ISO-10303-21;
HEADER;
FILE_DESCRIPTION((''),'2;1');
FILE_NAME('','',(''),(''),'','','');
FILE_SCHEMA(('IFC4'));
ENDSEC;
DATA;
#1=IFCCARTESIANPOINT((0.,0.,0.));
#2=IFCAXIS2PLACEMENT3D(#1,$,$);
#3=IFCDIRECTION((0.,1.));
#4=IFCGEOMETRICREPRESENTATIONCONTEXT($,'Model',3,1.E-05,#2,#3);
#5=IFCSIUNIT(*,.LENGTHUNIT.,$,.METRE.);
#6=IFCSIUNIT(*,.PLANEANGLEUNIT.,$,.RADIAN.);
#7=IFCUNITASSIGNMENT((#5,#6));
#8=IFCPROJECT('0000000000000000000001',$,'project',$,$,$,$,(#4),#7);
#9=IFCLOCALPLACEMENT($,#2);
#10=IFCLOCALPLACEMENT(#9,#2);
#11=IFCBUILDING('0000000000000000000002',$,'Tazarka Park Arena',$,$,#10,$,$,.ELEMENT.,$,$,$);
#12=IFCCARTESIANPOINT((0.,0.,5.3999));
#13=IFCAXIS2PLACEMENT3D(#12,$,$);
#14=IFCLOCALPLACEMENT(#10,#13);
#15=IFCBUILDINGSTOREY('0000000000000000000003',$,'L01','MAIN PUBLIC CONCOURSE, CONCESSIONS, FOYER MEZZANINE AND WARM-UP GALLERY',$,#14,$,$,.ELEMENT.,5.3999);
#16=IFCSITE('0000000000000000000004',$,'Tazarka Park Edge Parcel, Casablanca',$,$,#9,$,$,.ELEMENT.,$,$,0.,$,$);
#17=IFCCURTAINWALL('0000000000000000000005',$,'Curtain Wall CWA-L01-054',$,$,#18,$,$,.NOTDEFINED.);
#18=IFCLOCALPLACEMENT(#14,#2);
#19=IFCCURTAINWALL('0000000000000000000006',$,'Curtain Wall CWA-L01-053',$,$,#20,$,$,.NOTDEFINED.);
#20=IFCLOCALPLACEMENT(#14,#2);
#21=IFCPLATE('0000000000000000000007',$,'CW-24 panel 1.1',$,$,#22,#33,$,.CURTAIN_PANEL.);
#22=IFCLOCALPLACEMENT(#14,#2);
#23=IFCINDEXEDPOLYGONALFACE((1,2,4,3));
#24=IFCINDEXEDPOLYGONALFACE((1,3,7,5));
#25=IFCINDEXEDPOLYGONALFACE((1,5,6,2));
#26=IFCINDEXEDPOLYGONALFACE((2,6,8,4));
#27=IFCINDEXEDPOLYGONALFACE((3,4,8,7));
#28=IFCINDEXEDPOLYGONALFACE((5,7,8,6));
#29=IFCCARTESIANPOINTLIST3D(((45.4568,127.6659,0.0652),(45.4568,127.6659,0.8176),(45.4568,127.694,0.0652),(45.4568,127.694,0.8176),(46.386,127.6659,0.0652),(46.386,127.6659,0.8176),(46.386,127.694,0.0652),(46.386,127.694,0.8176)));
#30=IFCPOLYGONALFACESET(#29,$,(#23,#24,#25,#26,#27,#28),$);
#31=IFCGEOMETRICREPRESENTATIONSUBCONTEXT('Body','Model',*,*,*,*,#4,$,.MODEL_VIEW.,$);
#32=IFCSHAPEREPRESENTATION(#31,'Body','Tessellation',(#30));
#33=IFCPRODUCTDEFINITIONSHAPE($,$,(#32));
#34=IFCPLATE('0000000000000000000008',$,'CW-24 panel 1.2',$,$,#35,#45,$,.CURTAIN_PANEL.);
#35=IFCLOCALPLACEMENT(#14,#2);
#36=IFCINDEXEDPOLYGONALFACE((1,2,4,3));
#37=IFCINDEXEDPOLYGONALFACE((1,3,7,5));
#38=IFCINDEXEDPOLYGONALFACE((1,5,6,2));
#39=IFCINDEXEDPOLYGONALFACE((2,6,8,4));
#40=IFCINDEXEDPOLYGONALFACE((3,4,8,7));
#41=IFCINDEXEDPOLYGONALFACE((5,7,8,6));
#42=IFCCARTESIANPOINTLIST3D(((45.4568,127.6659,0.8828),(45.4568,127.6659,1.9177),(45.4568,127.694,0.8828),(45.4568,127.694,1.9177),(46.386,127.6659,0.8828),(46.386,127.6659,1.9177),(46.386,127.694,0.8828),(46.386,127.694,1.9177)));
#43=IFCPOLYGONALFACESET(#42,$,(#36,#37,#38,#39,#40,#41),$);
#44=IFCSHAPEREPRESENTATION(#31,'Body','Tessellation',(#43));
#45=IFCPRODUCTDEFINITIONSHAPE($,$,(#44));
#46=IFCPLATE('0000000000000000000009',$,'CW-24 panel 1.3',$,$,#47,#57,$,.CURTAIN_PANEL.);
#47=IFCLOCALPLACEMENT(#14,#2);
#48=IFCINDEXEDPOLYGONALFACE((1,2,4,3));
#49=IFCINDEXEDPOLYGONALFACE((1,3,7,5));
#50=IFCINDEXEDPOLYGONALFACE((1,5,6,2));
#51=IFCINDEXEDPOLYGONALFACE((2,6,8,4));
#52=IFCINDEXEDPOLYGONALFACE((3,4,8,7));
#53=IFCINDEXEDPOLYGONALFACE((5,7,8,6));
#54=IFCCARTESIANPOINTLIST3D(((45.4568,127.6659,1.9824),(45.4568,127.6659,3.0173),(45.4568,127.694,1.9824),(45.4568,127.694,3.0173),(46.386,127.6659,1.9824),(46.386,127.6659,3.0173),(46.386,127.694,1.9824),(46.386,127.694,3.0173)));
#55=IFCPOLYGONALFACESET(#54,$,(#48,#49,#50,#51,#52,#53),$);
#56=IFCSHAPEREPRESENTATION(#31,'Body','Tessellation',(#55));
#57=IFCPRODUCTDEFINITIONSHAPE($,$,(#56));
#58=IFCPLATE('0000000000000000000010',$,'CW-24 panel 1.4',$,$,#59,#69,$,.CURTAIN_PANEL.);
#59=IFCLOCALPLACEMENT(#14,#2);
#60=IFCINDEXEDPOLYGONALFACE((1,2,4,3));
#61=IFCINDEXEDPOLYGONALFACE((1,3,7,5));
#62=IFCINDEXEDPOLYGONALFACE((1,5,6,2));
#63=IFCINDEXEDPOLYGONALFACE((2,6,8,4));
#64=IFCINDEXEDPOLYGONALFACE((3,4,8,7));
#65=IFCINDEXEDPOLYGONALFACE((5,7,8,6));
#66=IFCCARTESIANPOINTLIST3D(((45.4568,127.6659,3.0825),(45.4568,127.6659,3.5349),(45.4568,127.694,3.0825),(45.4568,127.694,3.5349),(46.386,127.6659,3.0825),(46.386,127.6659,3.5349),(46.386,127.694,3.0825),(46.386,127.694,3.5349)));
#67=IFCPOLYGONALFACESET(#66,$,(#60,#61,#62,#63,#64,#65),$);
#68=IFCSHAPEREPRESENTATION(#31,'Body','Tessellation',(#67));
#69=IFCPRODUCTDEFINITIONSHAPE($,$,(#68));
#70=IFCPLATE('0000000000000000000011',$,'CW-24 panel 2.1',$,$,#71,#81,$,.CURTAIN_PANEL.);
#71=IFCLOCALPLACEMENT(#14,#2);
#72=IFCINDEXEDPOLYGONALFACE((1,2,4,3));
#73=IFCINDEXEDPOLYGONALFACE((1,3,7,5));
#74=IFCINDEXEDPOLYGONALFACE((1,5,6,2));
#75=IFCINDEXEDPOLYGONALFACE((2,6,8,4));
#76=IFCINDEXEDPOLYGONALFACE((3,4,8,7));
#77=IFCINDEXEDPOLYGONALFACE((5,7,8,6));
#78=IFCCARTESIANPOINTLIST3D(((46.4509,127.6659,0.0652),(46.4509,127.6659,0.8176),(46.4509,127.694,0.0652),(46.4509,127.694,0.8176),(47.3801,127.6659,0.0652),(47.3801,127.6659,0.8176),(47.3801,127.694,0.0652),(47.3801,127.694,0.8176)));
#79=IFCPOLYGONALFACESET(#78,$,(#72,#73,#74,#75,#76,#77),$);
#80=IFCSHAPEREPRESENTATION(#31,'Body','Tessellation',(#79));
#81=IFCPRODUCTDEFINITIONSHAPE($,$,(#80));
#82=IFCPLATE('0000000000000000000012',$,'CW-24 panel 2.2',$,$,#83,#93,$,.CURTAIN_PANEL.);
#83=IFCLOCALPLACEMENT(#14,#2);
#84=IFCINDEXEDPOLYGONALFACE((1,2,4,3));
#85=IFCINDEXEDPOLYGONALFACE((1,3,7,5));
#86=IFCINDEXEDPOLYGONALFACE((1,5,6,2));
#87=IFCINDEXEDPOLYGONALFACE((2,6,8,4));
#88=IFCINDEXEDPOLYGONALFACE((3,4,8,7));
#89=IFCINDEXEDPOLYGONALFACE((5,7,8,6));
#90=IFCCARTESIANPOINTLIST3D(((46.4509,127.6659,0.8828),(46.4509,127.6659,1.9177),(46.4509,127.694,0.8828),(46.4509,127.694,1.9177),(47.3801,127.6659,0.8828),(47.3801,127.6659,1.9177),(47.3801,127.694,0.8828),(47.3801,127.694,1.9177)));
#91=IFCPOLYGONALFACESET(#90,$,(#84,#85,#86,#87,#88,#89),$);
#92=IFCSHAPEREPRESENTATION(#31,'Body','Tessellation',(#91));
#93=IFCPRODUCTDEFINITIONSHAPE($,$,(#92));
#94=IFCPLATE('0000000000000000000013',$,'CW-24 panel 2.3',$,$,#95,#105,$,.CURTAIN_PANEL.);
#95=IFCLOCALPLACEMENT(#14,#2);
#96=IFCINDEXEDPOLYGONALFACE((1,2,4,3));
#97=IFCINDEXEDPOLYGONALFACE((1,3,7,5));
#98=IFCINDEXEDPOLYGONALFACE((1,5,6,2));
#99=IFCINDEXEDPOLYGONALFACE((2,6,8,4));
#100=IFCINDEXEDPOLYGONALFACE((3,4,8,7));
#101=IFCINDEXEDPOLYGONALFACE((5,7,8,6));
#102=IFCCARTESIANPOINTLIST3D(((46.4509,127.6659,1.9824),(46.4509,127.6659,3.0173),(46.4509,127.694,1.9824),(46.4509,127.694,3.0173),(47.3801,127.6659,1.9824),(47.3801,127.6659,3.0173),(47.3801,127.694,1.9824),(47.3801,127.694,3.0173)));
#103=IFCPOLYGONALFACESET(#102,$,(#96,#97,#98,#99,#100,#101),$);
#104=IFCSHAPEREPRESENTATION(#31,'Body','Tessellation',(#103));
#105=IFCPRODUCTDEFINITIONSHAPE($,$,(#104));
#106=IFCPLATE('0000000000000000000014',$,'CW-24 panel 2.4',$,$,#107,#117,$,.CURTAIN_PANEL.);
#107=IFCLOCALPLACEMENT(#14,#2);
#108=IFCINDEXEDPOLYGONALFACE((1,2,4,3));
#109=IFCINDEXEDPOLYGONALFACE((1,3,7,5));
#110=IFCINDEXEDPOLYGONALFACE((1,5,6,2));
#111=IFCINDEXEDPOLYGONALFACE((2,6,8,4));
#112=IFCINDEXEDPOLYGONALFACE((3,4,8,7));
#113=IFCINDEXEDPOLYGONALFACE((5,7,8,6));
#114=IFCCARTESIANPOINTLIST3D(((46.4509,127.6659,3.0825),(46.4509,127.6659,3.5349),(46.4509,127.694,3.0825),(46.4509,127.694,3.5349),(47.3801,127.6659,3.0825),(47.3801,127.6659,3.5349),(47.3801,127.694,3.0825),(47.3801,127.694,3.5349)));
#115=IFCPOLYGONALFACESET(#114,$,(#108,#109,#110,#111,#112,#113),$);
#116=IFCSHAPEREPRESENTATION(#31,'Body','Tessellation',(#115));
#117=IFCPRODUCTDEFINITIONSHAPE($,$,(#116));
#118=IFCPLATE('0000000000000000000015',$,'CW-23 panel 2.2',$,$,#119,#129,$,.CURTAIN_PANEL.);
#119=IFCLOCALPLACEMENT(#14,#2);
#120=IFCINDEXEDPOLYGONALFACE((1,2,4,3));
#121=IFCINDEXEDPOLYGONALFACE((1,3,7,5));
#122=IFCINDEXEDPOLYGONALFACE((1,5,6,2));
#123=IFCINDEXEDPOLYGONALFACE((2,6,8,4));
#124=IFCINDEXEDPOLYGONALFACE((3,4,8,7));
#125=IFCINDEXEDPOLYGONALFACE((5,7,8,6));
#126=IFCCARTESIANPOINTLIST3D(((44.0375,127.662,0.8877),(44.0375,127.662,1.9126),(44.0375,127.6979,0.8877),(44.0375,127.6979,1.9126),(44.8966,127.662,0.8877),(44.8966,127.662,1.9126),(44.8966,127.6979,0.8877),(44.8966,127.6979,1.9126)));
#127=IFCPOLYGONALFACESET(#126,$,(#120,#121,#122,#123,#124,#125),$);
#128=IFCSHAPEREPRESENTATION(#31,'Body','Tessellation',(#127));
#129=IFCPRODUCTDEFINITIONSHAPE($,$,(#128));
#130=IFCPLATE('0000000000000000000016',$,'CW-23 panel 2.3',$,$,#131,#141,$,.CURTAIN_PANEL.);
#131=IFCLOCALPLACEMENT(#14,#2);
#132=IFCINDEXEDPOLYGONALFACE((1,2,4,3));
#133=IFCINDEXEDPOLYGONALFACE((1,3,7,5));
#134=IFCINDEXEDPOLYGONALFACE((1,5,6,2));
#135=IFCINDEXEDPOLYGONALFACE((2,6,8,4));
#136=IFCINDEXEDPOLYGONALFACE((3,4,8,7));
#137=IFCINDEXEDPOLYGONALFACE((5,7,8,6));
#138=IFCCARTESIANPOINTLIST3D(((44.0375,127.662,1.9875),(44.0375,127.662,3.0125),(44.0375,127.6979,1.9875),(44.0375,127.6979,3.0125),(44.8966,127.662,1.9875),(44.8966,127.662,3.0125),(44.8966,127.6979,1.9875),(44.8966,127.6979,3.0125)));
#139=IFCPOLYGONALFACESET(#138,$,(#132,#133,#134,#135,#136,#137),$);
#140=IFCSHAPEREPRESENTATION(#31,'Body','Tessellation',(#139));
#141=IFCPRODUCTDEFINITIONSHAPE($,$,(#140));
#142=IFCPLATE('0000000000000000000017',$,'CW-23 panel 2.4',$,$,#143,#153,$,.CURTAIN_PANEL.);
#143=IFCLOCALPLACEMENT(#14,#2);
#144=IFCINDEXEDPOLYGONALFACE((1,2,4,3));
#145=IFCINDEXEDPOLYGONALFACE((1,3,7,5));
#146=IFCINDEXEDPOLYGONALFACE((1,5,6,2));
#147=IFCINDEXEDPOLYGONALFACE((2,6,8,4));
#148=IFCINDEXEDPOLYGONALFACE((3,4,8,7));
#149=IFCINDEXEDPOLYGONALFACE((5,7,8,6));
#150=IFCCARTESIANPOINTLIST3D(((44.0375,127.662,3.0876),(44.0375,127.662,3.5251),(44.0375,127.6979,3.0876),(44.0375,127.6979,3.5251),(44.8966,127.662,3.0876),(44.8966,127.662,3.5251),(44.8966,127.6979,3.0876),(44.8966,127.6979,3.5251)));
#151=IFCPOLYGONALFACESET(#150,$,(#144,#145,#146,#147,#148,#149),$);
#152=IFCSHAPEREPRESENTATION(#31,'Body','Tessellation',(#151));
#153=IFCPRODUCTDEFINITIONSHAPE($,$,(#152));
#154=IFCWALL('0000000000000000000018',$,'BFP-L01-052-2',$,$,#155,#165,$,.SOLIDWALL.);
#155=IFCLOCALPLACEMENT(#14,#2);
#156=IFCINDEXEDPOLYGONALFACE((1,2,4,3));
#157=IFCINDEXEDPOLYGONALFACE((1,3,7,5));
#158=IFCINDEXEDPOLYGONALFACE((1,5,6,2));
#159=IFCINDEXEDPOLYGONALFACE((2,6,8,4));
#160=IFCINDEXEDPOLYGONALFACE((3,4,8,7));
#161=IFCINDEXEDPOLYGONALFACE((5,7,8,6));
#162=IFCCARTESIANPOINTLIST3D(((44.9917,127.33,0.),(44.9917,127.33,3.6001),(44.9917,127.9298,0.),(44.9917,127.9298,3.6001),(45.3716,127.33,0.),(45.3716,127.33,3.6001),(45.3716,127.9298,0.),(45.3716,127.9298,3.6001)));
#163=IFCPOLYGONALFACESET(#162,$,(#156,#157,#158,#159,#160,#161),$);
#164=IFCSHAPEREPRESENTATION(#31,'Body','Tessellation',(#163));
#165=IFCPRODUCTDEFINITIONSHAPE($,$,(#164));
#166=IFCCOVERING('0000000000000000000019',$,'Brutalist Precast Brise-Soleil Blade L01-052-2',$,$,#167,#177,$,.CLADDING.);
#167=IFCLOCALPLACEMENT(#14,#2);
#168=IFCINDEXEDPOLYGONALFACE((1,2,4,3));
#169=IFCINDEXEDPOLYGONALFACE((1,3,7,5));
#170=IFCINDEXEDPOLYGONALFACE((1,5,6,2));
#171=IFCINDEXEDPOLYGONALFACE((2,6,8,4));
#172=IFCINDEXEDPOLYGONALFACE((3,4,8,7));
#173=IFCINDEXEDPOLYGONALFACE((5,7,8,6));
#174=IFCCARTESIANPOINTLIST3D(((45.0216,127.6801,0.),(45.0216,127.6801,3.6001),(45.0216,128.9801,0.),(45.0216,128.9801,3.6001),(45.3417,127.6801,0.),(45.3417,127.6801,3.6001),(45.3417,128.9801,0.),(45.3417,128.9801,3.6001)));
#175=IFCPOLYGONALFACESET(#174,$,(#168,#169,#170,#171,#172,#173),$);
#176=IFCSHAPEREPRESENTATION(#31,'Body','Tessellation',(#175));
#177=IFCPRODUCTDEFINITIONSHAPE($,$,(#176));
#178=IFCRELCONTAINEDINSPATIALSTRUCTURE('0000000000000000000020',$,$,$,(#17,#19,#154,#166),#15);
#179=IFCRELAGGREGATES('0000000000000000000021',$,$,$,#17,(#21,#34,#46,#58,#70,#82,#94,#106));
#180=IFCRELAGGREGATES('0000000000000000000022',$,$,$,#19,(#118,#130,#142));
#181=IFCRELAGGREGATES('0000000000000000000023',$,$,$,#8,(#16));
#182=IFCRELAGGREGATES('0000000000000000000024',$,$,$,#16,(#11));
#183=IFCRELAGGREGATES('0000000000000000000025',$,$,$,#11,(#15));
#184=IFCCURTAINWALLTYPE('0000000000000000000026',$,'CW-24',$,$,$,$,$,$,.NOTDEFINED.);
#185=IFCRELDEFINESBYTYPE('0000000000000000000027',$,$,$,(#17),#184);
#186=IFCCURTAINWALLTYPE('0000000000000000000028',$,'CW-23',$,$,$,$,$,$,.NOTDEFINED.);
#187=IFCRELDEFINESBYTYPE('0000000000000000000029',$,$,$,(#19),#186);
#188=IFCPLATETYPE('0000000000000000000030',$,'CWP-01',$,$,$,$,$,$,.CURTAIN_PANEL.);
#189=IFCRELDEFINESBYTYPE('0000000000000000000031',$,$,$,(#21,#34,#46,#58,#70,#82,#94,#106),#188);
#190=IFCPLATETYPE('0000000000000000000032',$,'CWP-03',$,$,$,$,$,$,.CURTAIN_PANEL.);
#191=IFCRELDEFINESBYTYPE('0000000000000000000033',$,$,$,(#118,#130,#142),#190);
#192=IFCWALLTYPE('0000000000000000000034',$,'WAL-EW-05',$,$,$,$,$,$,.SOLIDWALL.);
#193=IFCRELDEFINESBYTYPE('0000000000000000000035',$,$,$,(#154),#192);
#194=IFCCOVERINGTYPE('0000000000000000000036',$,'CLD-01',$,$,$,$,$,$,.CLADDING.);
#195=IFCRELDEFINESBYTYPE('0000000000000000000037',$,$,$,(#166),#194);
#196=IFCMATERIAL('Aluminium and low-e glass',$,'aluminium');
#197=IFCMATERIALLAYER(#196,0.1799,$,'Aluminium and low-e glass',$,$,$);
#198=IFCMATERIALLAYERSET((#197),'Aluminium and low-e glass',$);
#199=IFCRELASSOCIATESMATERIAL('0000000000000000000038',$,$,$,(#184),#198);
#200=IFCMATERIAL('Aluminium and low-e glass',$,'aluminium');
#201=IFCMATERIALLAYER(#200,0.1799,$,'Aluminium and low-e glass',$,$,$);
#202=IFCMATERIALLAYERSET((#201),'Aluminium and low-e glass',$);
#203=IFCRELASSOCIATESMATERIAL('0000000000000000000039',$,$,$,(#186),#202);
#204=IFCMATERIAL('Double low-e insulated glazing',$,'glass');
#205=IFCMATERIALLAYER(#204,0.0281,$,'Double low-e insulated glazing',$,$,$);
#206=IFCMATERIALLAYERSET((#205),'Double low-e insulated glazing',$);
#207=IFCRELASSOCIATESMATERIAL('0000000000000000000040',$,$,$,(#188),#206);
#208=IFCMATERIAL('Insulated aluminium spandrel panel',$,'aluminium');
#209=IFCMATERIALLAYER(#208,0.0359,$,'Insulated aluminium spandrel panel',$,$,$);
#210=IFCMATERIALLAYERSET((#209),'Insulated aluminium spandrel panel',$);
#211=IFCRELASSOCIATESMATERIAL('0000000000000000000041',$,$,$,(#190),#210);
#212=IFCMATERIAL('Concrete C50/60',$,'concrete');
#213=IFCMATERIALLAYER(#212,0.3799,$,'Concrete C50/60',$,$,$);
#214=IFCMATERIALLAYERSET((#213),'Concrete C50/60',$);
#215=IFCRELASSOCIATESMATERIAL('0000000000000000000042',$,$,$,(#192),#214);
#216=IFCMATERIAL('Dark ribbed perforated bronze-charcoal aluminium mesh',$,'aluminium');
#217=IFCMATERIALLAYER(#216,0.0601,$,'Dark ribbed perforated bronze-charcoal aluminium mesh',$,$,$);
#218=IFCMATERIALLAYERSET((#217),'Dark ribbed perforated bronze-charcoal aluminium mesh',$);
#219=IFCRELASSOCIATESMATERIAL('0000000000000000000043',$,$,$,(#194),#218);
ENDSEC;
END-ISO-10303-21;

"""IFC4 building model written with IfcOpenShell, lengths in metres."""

from ifc_helpers import new_model, si_unit, direction, frame, frame_2d, origin, origin_2d, place, context, subcontext, project, spatial, rectangle, extrude, material, layer, layer_set, type_object, element, aggregate, save


model = new_model("IFC4")

# Units and contexts
model_context = context("Model", 3, precision=1e-05, world=origin(), true_north=direction((0.0, 1.0)))
body_context = subcontext(model_context, "Body", "Model", "MODEL_VIEW")
ifc_project = project(units=[si_unit("LENGTHUNIT", "METRE"), si_unit("PLANEANGLEUNIT", "RADIAN")], contexts=[model_context])

# Site, building, storey
site_placement = place(None, origin())
site = spatial("IfcSite", under=ifc_project, at=site_placement, Name="Tazarka Park Edge Parcel, Casablanca", CompositionType="ELEMENT", RefElevation=0.0)
building_placement = place(site_placement, origin())
building = spatial("IfcBuilding", under=site, at=building_placement, Name="Tazarka Park Arena", CompositionType="ELEMENT")
storey_placement = place(building_placement, frame((0.0, 0.0, 5.3999)))
storey = spatial("IfcBuildingStorey", under=building, at=storey_placement, Name="L01", Description="MAIN PUBLIC CONCOURSE, CONCESSIONS, FOYER MEZZANINE AND WARM-UP GALLERY", CompositionType="ELEMENT", Elevation=5.3999)

# Curtain wall
ifc_material_1 = material(Name="Aluminium and low-e glass", Category="aluminium")
ifc_layer_1 = layer(ifc_material_1, 0.1799, Name="Aluminium and low-e glass")
ifc_layer_set_1 = layer_set([ifc_layer_1], Name="Aluminium and low-e glass")
curtain_wall_type_1 = type_object("IfcCurtainWallType", Name="CW-24", PredefinedType="NOTDEFINED", material=ifc_layer_set_1)
curtain_wall_1_placement = place(storey_placement, origin())
curtain_wall_1 = element("IfcCurtainWall", 1, at=curtain_wall_1_placement, inside=storey, type_object=curtain_wall_type_1, Name="Curtain Wall CWA-L01-054", PredefinedType="NOTDEFINED")

# Curtain wall
ifc_material_2 = material(Name="Aluminium and low-e glass", Category="aluminium")
ifc_layer_2 = layer(ifc_material_2, 0.1799, Name="Aluminium and low-e glass")
ifc_layer_set_2 = layer_set([ifc_layer_2], Name="Aluminium and low-e glass")
curtain_wall_type_2 = type_object("IfcCurtainWallType", Name="CW-23", PredefinedType="NOTDEFINED", material=ifc_layer_set_2)
curtain_wall_2_placement = place(storey_placement, origin())
curtain_wall_2 = element("IfcCurtainWall", 2, at=curtain_wall_2_placement, inside=storey, type_object=curtain_wall_type_2, Name="Curtain Wall CWA-L01-053", PredefinedType="NOTDEFINED")

# Plates
ifc_material_3 = material(Name="Double low-e insulated glazing", Category="glass")
ifc_layer_3 = layer(ifc_material_3, 0.0281, Name="Double low-e insulated glazing")
ifc_layer_set_3 = layer_set([ifc_layer_3], Name="Double low-e insulated glazing")
plate_type_1 = type_object("IfcPlateType", Name="CWP-01", PredefinedType="CURTAIN_PANEL", material=ifc_layer_set_3)
plate_1_placement = place(storey_placement, frame((45.9214, 127.6799, 0.0652), z_axis=(0.0, 0.0, 1.0), x_axis=(1.0, 0.0, 0.0)))
plate_1 = element("IfcPlate", 3, at=plate_1_placement, type_object=plate_type_1, Name="CW-24 panel 1.1", PredefinedType="CURTAIN_PANEL", context=body_context, shape_type="SweptSolid", body=[
    extrude(rectangle(XDim=0.9292, YDim=0.0281, at=origin_2d()), origin(), (0.0, 0.0, 1.0), 0.7524),
])
plate_2_placement = place(storey_placement, frame((45.9214, 127.6799, 0.8828), z_axis=(0.0, 0.0, 1.0), x_axis=(1.0, 0.0, 0.0)))
plate_2 = element("IfcPlate", 4, at=plate_2_placement, type_object=plate_type_1, Name="CW-24 panel 1.2", PredefinedType="CURTAIN_PANEL", context=body_context, shape_type="SweptSolid", body=[
    extrude(rectangle(XDim=0.9292, YDim=0.0281, at=origin_2d()), origin(), (0.0, 0.0, 1.0), 1.0349),
])
plate_3_placement = place(storey_placement, frame((45.9214, 127.6799, 1.9824), z_axis=(0.0, 0.0, 1.0), x_axis=(1.0, 0.0, 0.0)))
plate_3 = element("IfcPlate", 5, at=plate_3_placement, type_object=plate_type_1, Name="CW-24 panel 1.3", PredefinedType="CURTAIN_PANEL", context=body_context, shape_type="SweptSolid", body=[
    extrude(rectangle(XDim=0.9292, YDim=0.0281, at=origin_2d()), origin(), (0.0, 0.0, 1.0), 1.0349),
])
plate_4_placement = place(storey_placement, frame((45.9214, 127.6799, 3.0825), z_axis=(0.0, 0.0, 1.0), x_axis=(1.0, 0.0, 0.0)))
plate_4 = element("IfcPlate", 6, at=plate_4_placement, type_object=plate_type_1, Name="CW-24 panel 1.4", PredefinedType="CURTAIN_PANEL", context=body_context, shape_type="SweptSolid", body=[
    extrude(rectangle(XDim=0.9292, YDim=0.0281, at=origin_2d()), origin(), (0.0, 0.0, 1.0), 0.4524),
])
plate_5_placement = place(storey_placement, frame((46.9155, 127.6799, 0.0652), z_axis=(0.0, 0.0, 1.0), x_axis=(1.0, 0.0, 0.0)))
plate_5 = element("IfcPlate", 7, at=plate_5_placement, type_object=plate_type_1, Name="CW-24 panel 2.1", PredefinedType="CURTAIN_PANEL", context=body_context, shape_type="SweptSolid", body=[
    extrude(rectangle(XDim=0.9292, YDim=0.0281, at=origin_2d()), origin(), (0.0, 0.0, 1.0), 0.7524),
])
plate_6_placement = place(storey_placement, frame((46.9155, 127.6799, 0.8828), z_axis=(0.0, 0.0, 1.0), x_axis=(1.0, 0.0, 0.0)))
plate_6 = element("IfcPlate", 8, at=plate_6_placement, type_object=plate_type_1, Name="CW-24 panel 2.2", PredefinedType="CURTAIN_PANEL", context=body_context, shape_type="SweptSolid", body=[
    extrude(rectangle(XDim=0.9292, YDim=0.0281, at=origin_2d()), origin(), (0.0, 0.0, 1.0), 1.0349),
])
plate_7_placement = place(storey_placement, frame((46.9155, 127.6799, 1.9824), z_axis=(0.0, 0.0, 1.0), x_axis=(1.0, 0.0, 0.0)))
plate_7 = element("IfcPlate", 9, at=plate_7_placement, type_object=plate_type_1, Name="CW-24 panel 2.3", PredefinedType="CURTAIN_PANEL", context=body_context, shape_type="SweptSolid", body=[
    extrude(rectangle(XDim=0.9292, YDim=0.0281, at=origin_2d()), origin(), (0.0, 0.0, 1.0), 1.0349),
])
plate_8_placement = place(storey_placement, frame((46.9155, 127.6799, 3.0825), z_axis=(0.0, 0.0, 1.0), x_axis=(1.0, 0.0, 0.0)))
plate_8 = element("IfcPlate", 10, at=plate_8_placement, type_object=plate_type_1, Name="CW-24 panel 2.4", PredefinedType="CURTAIN_PANEL", context=body_context, shape_type="SweptSolid", body=[
    extrude(rectangle(XDim=0.9292, YDim=0.0281, at=origin_2d()), origin(), (0.0, 0.0, 1.0), 0.4524),
])
aggregate(curtain_wall_1, [plate_1, plate_2, plate_3, plate_4, plate_5, plate_6, plate_7, plate_8])
ifc_material_4 = material(Name="Insulated aluminium spandrel panel", Category="aluminium")
ifc_layer_4 = layer(ifc_material_4, 0.0359, Name="Insulated aluminium spandrel panel")
ifc_layer_set_4 = layer_set([ifc_layer_4], Name="Insulated aluminium spandrel panel")
plate_type_2 = type_object("IfcPlateType", Name="CWP-03", PredefinedType="CURTAIN_PANEL", material=ifc_layer_set_4)
plate_9_placement = place(storey_placement, frame((44.467, 127.6799, 0.8877), z_axis=(0.0, 0.0, 1.0), x_axis=(1.0, 0.0, 0.0)))
plate_9 = element("IfcPlate", 11, at=plate_9_placement, type_object=plate_type_2, Name="CW-23 panel 2.2", PredefinedType="CURTAIN_PANEL", context=body_context, shape_type="SweptSolid", body=[
    extrude(rectangle(XDim=0.8591, YDim=0.0359, at=origin_2d()), origin(), (0.0, 0.0, 1.0), 1.0249),
])
plate_10_placement = place(storey_placement, frame((44.467, 127.6799, 1.9875), z_axis=(0.0, 0.0, 1.0), x_axis=(1.0, 0.0, 0.0)))
plate_10 = element("IfcPlate", 12, at=plate_10_placement, type_object=plate_type_2, Name="CW-23 panel 2.3", PredefinedType="CURTAIN_PANEL", context=body_context, shape_type="SweptSolid", body=[
    extrude(rectangle(XDim=0.8591, YDim=0.0359, at=origin_2d()), origin(), (0.0, 0.0, 1.0), 1.0249),
])
plate_11_placement = place(storey_placement, frame((44.467, 127.6799, 3.0876), z_axis=(0.0, 0.0, 1.0), x_axis=(1.0, 0.0, 0.0)))
plate_11 = element("IfcPlate", 13, at=plate_11_placement, type_object=plate_type_2, Name="CW-23 panel 2.4", PredefinedType="CURTAIN_PANEL", context=body_context, shape_type="SweptSolid", body=[
    extrude(rectangle(XDim=0.8591, YDim=0.0359, at=origin_2d()), origin(), (0.0, 0.0, 1.0), 0.4375),
])
aggregate(curtain_wall_2, [plate_9, plate_10, plate_11])

# Wall
ifc_material_5 = material(Name="Concrete C50/60", Category="concrete")
ifc_layer_5 = layer(ifc_material_5, 0.3799, Name="Concrete C50/60")
ifc_layer_set_5 = layer_set([ifc_layer_5], Name="Concrete C50/60")
wall_type = type_object("IfcWallType", Name="WAL-EW-05", PredefinedType="SOLIDWALL", material=ifc_layer_set_5)
wall_placement = place(storey_placement, frame((45.1816, 127.3301, 0.0), z_axis=(0.0, 0.0, 1.0), x_axis=(0.0, 1.0, 0.0)))
element("IfcWall", 14, at=wall_placement, inside=storey, type_object=wall_type, Name="BFP-L01-052-2", PredefinedType="SOLIDWALL", context=body_context, shape_type="SweptSolid", body=[
    extrude(rectangle(XDim=0.5999, YDim=0.3799, at=frame_2d((0.2998, 0.0))), origin(), (0.0, 0.0, 1.0), 3.6001),
])

# Covering
ifc_material_6 = material(Name="Dark ribbed perforated bronze-charcoal aluminium mesh", Category="aluminium")
ifc_layer_6 = layer(ifc_material_6, 0.0601, Name="Dark ribbed perforated bronze-charcoal aluminium mesh")
ifc_layer_set_6 = layer_set([ifc_layer_6], Name="Dark ribbed perforated bronze-charcoal aluminium mesh")
covering_type = type_object("IfcCoveringType", Name="CLD-01", PredefinedType="CLADDING", material=ifc_layer_set_6)
covering_placement = place(storey_placement, frame((45.1816, 128.3301, 0.0), z_axis=(0.0, 0.0, 1.0), x_axis=(1.0, 0.0, 0.0)))
element("IfcCovering", 15, at=covering_placement, inside=storey, type_object=covering_type, Name="Brutalist Precast Brise-Soleil Blade L01-052-2", PredefinedType="CLADDING", context=body_context, shape_type="SweptSolid", body=[
    extrude(rectangle(XDim=0.3201, YDim=1.3, at=origin_2d()), origin(), (0.0, 0.0, 1.0), 3.6001),
])

save(model, "model.ifc")
